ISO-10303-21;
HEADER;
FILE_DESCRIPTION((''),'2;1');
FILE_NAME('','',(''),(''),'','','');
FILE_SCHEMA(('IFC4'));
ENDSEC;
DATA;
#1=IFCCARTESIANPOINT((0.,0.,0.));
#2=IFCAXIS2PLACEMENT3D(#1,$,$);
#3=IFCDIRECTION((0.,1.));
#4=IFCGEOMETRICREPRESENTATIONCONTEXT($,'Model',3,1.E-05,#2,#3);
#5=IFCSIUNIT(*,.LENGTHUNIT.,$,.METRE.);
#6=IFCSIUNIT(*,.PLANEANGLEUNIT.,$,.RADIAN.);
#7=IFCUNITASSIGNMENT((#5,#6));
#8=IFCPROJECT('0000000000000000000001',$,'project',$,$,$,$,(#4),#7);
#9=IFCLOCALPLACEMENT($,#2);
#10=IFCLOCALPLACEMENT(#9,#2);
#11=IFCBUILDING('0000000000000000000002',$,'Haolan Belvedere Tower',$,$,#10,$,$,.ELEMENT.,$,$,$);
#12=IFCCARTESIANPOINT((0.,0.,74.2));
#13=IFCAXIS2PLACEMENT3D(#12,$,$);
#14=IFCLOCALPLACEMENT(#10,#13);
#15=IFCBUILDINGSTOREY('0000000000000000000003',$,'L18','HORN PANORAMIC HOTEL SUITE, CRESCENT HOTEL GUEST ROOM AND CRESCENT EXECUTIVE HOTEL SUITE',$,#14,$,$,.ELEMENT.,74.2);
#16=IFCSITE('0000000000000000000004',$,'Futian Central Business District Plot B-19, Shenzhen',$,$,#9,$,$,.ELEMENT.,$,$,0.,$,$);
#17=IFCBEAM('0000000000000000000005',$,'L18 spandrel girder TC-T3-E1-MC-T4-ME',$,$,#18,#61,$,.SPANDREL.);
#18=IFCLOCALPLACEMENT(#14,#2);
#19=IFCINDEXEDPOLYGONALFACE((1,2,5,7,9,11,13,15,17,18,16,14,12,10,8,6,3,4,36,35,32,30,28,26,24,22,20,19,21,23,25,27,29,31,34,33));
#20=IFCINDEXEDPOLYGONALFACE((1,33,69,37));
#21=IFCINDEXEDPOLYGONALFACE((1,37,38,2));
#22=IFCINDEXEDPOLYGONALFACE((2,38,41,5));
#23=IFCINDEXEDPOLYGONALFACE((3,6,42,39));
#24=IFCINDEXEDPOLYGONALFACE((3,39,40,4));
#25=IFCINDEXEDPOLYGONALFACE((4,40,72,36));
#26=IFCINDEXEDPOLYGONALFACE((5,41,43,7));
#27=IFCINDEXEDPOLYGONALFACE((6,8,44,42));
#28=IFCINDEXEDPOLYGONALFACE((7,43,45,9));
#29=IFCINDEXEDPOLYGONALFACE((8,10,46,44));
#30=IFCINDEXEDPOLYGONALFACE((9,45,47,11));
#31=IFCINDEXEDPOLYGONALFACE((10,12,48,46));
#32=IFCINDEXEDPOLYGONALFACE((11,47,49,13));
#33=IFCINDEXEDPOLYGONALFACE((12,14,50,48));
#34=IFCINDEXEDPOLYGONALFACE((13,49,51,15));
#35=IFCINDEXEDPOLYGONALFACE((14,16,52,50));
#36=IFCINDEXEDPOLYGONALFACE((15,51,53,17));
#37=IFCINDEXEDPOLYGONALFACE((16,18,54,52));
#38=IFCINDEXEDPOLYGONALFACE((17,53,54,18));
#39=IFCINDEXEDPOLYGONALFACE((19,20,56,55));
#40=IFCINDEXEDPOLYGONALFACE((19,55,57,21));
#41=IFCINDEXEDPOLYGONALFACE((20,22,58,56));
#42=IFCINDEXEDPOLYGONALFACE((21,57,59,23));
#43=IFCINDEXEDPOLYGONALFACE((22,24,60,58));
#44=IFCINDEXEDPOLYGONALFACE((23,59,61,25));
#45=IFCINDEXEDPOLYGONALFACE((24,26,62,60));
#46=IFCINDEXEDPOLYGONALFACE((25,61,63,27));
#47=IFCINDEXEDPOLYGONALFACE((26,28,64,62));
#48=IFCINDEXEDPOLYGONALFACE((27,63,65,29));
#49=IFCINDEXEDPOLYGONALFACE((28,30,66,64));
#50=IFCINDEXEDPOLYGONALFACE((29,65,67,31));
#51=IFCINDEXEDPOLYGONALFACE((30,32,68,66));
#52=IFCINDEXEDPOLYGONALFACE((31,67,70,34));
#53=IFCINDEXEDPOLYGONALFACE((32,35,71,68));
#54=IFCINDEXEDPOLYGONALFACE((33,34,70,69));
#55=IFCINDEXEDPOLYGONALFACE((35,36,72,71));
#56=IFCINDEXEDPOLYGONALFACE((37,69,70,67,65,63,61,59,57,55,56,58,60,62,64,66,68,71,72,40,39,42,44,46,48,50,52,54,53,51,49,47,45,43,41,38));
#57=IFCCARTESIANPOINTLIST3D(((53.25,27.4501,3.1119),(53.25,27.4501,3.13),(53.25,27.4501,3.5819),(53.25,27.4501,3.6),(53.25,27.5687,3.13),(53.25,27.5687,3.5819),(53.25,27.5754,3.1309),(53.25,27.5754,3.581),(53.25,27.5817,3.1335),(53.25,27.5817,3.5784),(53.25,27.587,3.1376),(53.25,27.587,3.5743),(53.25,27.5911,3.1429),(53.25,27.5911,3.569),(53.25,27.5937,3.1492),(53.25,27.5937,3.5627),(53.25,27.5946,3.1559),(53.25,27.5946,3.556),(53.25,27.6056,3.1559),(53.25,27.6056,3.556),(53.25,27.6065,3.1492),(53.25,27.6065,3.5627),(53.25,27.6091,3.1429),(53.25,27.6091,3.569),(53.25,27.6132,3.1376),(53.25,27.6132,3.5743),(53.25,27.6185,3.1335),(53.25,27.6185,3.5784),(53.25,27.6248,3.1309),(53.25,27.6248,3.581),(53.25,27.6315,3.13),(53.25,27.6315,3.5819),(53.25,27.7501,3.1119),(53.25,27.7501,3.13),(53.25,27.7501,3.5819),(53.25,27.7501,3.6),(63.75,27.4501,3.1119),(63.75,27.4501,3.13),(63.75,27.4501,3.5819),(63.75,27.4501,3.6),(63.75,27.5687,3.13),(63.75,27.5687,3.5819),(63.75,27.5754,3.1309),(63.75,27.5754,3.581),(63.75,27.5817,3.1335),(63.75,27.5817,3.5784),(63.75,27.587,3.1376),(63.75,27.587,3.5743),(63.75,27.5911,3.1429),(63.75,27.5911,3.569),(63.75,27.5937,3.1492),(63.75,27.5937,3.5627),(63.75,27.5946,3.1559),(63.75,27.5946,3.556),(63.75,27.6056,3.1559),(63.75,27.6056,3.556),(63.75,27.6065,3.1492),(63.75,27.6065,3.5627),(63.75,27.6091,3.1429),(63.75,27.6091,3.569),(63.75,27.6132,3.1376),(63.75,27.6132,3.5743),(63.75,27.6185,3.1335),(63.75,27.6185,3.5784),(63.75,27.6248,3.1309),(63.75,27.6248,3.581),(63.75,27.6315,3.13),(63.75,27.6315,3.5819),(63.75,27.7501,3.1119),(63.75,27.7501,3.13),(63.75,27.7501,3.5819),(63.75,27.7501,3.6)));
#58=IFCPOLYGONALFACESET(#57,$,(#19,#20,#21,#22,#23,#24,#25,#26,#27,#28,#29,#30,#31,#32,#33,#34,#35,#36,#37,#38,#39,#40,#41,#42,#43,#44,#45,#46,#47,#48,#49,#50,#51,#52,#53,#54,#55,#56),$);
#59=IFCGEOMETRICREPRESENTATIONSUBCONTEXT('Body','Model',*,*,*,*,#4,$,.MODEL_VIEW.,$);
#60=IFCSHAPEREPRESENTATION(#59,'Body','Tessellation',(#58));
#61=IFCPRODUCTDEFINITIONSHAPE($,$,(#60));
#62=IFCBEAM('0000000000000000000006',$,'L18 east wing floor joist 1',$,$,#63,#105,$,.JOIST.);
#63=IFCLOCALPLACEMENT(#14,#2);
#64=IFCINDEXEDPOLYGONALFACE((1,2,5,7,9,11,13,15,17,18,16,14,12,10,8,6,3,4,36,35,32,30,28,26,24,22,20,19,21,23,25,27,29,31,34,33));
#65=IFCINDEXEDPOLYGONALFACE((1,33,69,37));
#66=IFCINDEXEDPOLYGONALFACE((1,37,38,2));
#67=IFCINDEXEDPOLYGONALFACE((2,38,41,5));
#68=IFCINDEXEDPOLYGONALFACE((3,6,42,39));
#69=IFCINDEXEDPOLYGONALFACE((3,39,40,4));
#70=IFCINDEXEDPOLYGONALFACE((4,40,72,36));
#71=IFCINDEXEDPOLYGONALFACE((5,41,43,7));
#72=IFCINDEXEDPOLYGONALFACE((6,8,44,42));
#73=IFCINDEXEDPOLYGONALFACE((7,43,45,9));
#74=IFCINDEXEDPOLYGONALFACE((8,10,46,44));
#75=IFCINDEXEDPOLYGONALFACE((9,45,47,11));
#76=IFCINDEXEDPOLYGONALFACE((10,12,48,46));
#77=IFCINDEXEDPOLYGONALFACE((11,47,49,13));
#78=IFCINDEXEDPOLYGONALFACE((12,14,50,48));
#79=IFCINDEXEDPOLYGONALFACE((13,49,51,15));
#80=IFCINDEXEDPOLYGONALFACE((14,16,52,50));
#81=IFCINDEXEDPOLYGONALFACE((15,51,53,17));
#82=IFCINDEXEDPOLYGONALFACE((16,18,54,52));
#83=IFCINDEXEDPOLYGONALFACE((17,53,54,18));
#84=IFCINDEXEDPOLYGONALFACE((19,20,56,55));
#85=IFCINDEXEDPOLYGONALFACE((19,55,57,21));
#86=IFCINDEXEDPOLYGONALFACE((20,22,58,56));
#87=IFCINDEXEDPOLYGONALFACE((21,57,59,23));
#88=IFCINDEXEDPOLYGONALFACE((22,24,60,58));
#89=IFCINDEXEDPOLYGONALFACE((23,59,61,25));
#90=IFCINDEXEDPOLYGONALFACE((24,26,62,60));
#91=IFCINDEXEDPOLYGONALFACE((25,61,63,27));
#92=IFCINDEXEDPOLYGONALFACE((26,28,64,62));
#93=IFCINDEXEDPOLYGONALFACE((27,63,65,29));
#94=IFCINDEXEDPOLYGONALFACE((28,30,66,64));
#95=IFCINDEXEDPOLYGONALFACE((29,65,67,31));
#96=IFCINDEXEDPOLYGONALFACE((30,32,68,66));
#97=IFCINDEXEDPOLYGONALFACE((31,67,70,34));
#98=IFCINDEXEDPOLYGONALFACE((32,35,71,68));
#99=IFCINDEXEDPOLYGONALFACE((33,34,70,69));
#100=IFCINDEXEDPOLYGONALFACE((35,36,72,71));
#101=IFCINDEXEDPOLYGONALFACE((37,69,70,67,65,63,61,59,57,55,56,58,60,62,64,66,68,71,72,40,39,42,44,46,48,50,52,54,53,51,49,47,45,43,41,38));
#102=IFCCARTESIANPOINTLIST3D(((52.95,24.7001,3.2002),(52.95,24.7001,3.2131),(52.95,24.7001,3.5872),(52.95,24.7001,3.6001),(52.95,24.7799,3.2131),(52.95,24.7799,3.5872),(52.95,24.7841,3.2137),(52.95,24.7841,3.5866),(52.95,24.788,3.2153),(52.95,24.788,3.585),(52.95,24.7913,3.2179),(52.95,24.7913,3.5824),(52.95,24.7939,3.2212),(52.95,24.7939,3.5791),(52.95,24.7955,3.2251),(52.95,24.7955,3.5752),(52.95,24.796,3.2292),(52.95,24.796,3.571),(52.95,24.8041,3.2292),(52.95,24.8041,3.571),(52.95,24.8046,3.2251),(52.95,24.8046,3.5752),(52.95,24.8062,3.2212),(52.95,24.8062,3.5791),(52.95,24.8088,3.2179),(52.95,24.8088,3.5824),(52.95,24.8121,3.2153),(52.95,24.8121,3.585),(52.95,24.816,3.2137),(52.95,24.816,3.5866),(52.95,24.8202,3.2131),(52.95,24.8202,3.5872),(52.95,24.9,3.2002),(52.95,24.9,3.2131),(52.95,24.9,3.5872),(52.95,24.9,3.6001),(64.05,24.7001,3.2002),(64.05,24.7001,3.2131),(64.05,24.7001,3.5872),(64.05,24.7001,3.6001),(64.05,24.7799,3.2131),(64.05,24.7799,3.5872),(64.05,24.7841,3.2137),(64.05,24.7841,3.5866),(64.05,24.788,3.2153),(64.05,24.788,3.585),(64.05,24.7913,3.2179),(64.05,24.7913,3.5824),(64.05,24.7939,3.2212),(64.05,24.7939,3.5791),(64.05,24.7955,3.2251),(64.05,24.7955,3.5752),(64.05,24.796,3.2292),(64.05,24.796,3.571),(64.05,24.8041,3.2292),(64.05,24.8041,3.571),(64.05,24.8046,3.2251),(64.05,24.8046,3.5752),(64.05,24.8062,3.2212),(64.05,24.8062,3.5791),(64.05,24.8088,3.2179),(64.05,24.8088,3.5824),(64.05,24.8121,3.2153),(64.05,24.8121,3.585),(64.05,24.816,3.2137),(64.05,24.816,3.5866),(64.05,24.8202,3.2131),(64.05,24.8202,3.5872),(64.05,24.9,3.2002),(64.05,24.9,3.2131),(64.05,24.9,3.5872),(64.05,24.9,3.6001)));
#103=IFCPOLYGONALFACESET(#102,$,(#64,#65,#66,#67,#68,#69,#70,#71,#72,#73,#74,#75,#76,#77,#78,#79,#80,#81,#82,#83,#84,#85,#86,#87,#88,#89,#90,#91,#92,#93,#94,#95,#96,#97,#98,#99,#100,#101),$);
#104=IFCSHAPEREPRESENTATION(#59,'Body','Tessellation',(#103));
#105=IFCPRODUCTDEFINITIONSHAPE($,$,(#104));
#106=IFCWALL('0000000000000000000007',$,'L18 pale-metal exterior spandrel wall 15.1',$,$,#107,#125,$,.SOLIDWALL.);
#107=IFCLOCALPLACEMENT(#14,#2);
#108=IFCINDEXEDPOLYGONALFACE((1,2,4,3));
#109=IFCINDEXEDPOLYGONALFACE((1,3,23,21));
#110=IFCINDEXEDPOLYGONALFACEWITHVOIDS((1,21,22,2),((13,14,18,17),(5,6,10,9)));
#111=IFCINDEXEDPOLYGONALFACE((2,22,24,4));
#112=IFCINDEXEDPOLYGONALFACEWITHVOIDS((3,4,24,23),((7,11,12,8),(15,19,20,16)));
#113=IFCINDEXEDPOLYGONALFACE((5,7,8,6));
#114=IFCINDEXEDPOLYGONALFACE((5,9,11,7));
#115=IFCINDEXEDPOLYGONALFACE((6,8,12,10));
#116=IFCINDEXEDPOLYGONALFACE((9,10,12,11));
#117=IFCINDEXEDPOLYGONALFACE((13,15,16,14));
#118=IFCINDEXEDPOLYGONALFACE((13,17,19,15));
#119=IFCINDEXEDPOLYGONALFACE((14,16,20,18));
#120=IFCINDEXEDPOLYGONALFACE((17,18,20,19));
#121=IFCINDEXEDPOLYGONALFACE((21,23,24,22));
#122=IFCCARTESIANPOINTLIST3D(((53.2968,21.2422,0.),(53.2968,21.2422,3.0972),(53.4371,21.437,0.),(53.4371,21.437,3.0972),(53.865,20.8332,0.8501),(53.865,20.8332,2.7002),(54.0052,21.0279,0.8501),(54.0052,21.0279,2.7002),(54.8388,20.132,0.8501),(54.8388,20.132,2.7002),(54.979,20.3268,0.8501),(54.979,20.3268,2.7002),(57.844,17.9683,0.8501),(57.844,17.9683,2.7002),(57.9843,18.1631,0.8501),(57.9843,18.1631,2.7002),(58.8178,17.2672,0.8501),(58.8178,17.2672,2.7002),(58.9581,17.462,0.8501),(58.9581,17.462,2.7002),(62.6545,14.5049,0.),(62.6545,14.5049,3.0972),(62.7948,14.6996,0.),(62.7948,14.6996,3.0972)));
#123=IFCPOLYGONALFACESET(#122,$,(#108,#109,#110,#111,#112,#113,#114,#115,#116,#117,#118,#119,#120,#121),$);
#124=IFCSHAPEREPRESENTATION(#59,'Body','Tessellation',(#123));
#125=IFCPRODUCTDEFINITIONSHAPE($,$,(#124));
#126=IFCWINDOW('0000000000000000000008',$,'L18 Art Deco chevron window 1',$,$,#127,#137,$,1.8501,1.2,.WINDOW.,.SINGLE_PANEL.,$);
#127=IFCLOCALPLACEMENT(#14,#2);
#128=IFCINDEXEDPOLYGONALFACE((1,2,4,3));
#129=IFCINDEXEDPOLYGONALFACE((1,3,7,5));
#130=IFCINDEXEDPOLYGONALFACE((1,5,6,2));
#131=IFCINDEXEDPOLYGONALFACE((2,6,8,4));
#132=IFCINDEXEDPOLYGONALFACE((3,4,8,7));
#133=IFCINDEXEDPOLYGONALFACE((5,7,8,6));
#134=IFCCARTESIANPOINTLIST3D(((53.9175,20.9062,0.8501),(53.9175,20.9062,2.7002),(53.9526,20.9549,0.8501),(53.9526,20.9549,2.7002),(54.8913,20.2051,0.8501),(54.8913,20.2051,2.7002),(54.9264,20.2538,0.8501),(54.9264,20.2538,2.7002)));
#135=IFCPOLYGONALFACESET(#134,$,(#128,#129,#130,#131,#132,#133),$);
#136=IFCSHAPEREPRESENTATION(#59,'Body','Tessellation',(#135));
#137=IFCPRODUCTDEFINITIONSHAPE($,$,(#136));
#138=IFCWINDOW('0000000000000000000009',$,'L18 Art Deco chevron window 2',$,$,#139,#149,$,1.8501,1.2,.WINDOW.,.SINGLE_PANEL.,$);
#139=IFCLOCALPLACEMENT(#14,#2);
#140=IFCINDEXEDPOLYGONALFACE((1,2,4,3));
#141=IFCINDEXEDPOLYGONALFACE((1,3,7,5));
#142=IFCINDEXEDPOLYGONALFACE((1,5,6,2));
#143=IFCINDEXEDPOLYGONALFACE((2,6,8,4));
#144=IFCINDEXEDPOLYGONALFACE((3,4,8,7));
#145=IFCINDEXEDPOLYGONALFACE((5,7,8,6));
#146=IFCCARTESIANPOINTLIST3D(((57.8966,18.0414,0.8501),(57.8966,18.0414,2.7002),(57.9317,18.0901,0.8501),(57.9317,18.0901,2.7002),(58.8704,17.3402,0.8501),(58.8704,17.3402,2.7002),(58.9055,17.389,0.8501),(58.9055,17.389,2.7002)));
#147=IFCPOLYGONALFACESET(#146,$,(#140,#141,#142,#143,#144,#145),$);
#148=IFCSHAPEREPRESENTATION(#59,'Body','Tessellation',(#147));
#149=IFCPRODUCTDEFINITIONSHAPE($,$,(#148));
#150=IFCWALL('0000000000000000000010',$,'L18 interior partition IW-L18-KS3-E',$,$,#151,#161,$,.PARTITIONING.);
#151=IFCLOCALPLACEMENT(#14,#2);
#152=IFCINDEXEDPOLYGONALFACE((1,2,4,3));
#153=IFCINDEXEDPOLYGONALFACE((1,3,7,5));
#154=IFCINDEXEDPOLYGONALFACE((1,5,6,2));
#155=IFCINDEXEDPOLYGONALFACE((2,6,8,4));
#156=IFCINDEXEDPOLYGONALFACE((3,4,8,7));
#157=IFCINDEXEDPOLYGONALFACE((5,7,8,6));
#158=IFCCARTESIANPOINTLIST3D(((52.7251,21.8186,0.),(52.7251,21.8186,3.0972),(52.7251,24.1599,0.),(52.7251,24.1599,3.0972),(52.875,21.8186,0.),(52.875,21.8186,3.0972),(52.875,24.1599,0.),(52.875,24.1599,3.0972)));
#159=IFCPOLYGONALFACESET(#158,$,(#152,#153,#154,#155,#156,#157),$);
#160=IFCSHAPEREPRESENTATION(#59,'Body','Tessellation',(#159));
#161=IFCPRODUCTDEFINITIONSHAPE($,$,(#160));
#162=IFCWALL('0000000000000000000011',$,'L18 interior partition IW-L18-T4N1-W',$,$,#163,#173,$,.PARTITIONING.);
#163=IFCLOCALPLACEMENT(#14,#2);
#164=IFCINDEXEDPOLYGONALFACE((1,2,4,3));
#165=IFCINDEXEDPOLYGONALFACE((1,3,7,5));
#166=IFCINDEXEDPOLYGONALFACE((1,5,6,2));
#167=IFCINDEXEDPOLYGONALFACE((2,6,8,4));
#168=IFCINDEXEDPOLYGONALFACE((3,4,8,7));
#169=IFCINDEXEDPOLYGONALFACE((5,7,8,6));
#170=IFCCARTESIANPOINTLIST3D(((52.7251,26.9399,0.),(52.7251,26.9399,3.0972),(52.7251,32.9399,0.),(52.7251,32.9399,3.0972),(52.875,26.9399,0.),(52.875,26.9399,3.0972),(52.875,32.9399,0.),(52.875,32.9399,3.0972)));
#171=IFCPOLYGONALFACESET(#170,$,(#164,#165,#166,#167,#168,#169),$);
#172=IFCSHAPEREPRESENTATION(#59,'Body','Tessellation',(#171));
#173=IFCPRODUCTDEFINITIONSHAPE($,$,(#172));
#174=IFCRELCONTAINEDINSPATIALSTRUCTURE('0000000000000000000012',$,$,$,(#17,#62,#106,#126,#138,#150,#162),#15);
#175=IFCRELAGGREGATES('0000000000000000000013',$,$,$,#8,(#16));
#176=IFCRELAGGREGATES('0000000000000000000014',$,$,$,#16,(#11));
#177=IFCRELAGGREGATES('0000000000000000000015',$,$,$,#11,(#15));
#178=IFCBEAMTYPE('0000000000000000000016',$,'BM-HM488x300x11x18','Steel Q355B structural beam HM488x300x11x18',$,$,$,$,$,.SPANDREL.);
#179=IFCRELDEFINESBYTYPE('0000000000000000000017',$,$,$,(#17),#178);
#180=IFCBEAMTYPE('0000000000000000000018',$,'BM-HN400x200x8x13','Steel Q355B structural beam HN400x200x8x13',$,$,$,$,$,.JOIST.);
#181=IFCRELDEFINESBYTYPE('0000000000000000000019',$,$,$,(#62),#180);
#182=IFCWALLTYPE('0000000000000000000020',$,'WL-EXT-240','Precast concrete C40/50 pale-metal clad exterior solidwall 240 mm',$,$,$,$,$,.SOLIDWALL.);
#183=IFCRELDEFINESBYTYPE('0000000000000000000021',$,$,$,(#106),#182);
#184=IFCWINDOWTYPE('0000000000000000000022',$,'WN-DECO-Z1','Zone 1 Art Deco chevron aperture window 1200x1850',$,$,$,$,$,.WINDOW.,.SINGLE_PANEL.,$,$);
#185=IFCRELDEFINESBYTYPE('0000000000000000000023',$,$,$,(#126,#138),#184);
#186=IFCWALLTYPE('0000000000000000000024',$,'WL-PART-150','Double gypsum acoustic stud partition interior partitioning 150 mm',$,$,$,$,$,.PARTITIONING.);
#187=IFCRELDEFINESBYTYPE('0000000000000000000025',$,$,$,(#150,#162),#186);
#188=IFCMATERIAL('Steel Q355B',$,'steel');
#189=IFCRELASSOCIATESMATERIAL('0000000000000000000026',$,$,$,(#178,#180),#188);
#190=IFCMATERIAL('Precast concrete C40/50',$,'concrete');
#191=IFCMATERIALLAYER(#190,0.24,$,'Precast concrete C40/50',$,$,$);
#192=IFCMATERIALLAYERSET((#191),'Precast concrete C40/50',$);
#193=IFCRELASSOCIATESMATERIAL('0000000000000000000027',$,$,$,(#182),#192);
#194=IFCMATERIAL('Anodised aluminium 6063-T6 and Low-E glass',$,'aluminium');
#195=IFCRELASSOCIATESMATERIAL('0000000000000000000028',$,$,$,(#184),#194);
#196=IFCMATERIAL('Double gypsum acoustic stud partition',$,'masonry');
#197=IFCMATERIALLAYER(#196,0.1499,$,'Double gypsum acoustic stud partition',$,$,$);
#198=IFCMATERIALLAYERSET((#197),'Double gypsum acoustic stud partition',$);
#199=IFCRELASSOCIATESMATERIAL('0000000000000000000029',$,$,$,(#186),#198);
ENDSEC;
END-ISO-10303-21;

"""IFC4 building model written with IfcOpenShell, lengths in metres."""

from ifc_helpers import new_model, si_unit, direction, frame, frame_2d, origin, origin_2d, place, context, subcontext, project, spatial, rectangle, i_section, extrude, material, layer, layer_set, material_profile, profile_set, type_object, element, fill, save


model = new_model("IFC4")

# Units and contexts
model_context = context("Model", 3, precision=1e-05, world=origin(), true_north=direction((0.0, 1.0)))
body_context = subcontext(model_context, "Body", "Model", "MODEL_VIEW")
ifc_project = project(units=[si_unit("LENGTHUNIT", "METRE"), si_unit("PLANEANGLEUNIT", "RADIAN")], contexts=[model_context])

# Site, building, storey
site_placement = place(None, origin())
site = spatial("IfcSite", under=ifc_project, at=site_placement, Name="Futian Central Business District Plot B-19, Shenzhen", CompositionType="ELEMENT", RefElevation=0.0)
building_placement = place(site_placement, origin())
building = spatial("IfcBuilding", under=site, at=building_placement, Name="Haolan Belvedere Tower", CompositionType="ELEMENT")
storey_placement = place(building_placement, frame((0.0, 0.0, 74.2)))
storey = spatial("IfcBuildingStorey", under=building, at=storey_placement, Name="L18", Description="HORN PANORAMIC HOTEL SUITE, CRESCENT HOTEL GUEST ROOM AND CRESCENT EXECUTIVE HOTEL SUITE", CompositionType="ELEMENT", Elevation=74.2)

# Shared definitions
ifc_material_1 = material(Name="Steel Q355B", Category="steel")

# Beams
ifc_material_profile_1 = material_profile(ifc_material_1, i_section(OverallWidth=0.3, OverallDepth=0.488, WebThickness=0.011, FlangeThickness=0.0181, FilletRadius=0.0259, at=origin_2d()), Name="Steel Q355B")
ifc_profile_set_1 = profile_set([ifc_material_profile_1], Name="Steel Q355B")
beam_type_1 = type_object("IfcBeamType", Name="BM-HM488x300x11x18", Description="Steel Q355B structural beam HM488x300x11x18", PredefinedType="SPANDREL", material=ifc_profile_set_1)
beam_1_placement = place(storey_placement, frame((53.25, 27.6001, 3.356), z_axis=(1.0, 0.0, 0.0), x_axis=(0.0, 1.0, 0.0)))
element("IfcBeam", 1, at=beam_1_placement, inside=storey, type_object=beam_type_1, Name="L18 spandrel girder TC-T3-E1-MC-T4-ME", PredefinedType="SPANDREL", context=body_context, shape_type="SweptSolid", body=[
    extrude(i_section(OverallWidth=0.3, OverallDepth=0.488, WebThickness=0.011, FlangeThickness=0.0181, FilletRadius=0.0259, at=origin_2d()), origin(), (0.0, 0.0, 1.0), 10.5),
])
ifc_material_profile_2 = material_profile(ifc_material_1, i_section(OverallWidth=0.2, OverallDepth=0.3999, WebThickness=0.0081, FlangeThickness=0.0129, FilletRadius=0.0161, at=origin_2d()), Name="Steel Q355B")
ifc_profile_set_2 = profile_set([ifc_material_profile_2], Name="Steel Q355B")
beam_type_2 = type_object("IfcBeamType", Name="BM-HN400x200x8x13", Description="Steel Q355B structural beam HN400x200x8x13", PredefinedType="JOIST", material=ifc_profile_set_2)
beam_2_placement = place(storey_placement, frame((52.95, 24.8, 3.4001), z_axis=(1.0, 0.0, 0.0), x_axis=(0.0, 1.0, 0.0)))
element("IfcBeam", 2, at=beam_2_placement, inside=storey, type_object=beam_type_2, Name="L18 east wing floor joist 1", PredefinedType="JOIST", context=body_context, shape_type="SweptSolid", body=[
    extrude(i_section(OverallWidth=0.2, OverallDepth=0.3999, WebThickness=0.0081, FlangeThickness=0.0129, FilletRadius=0.0161, at=origin_2d()), origin(), (0.0, 0.0, 1.0), 11.1001),
])

# Wall, openings, windows
ifc_material_2 = material(Name="Precast concrete C40/50", Category="concrete")
ifc_layer_1 = layer(ifc_material_2, 0.24, Name="Precast concrete C40/50")
ifc_layer_set_1 = layer_set([ifc_layer_1], Name="Precast concrete C40/50")
wall_type_1 = type_object("IfcWallType", Name="WL-EXT-240", Description="Precast concrete C40/50 pale-metal clad exterior solidwall 240 mm", PredefinedType="SOLIDWALL", material=ifc_layer_set_1)
wall_1_placement = place(storey_placement, frame((53.3669, 21.3396, 0.0), z_axis=(0.0, 0.0, 1.0), x_axis=(0.811543, -0.584292, 0.0)))
wall_1 = element("IfcWall", 3, at=wall_1_placement, inside=storey, type_object=wall_type_1, Name="L18 pale-metal exterior spandrel wall 15.1", PredefinedType="SOLIDWALL", context=body_context, shape_type="SweptSolid", body=[
    extrude(rectangle(XDim=11.5308, YDim=0.24, at=frame_2d((5.7654, 0.0))), origin(), (0.0, 0.0, 1.0), 3.0972),
])
opening_1_placement = place(wall_1_placement, frame((0.7, 0.0, 0.8501)))
opening_1 = element("IfcOpeningElement", 4, at=opening_1_placement, cuts=wall_1, PredefinedType="OPENING", context=body_context, shape_type="SweptSolid", body=[
    extrude(rectangle(XDim=1.2, YDim=1.8501, at=frame_2d((0.6001, 0.925))), frame((0.0, 0.1299, 0.0), z_axis=(0.0, -1.0, 0.0), x_axis=(1.0, 0.0, 0.0)), (0.0, 0.0, 1.0), 0.26),
])
opening_2_placement = place(wall_1_placement, frame((5.603, 0.0, 0.8501)))
opening_2 = element("IfcOpeningElement", 5, at=opening_2_placement, cuts=wall_1, PredefinedType="OPENING", context=body_context, shape_type="SweptSolid", body=[
    extrude(rectangle(XDim=1.2, YDim=1.8501, at=frame_2d((0.6001, 0.925))), frame((0.0, 0.1299, 0.0), z_axis=(0.0, -1.0, 0.0), x_axis=(1.0, 0.0, 0.0)), (0.0, 0.0, 1.0), 0.26),
])
ifc_material_3 = material(Name="Anodised aluminium 6063-T6 and Low-E glass", Category="aluminium")
window_type = type_object("IfcWindowType", Name="WN-DECO-Z1", Description="Zone 1 Art Deco chevron aperture window 1200x1850", PartitioningType="SINGLE_PANEL", PredefinedType="WINDOW", material=ifc_material_3)
window_1_placement = place(opening_1_placement, origin())
window_1 = element("IfcWindow", 6, at=window_1_placement, inside=storey, type_object=window_type, Name="L18 Art Deco chevron window 1", OverallHeight=1.8501, OverallWidth=1.2, PartitioningType="SINGLE_PANEL", PredefinedType="WINDOW", context=body_context, shape_type="SweptSolid", body=[
    extrude(rectangle(XDim=1.2, YDim=1.8501, at=frame_2d((0.6001, 0.925))), frame((0.0, 0.03, 0.0), z_axis=(0.0, -1.0, 0.0), x_axis=(1.0, 0.0, 0.0)), (0.0, 0.0, 1.0), 0.0601),
])
fill(opening_1, window_1)
window_2_placement = place(opening_2_placement, origin())
window_2 = element("IfcWindow", 7, at=window_2_placement, inside=storey, type_object=window_type, Name="L18 Art Deco chevron window 2", OverallHeight=1.8501, OverallWidth=1.2, PartitioningType="SINGLE_PANEL", PredefinedType="WINDOW", context=body_context, shape_type="SweptSolid", body=[
    extrude(rectangle(XDim=1.2, YDim=1.8501, at=frame_2d((0.6001, 0.925))), frame((0.0, 0.03, 0.0), z_axis=(0.0, -1.0, 0.0), x_axis=(1.0, 0.0, 0.0)), (0.0, 0.0, 1.0), 0.0601),
])
fill(opening_2, window_2)

# Walls
ifc_material_4 = material(Name="Double gypsum acoustic stud partition", Category="masonry")
ifc_layer_2 = layer(ifc_material_4, 0.1499, Name="Double gypsum acoustic stud partition")
ifc_layer_set_2 = layer_set([ifc_layer_2], Name="Double gypsum acoustic stud partition")
wall_type_2 = type_object("IfcWallType", Name="WL-PART-150", Description="Double gypsum acoustic stud partition interior partitioning 150 mm", PredefinedType="PARTITIONING", material=ifc_layer_set_2)
wall_2_placement = place(storey_placement, frame((52.8, 21.8186, 0.0), z_axis=(0.0, 0.0, 1.0), x_axis=(0.0, 1.0, 0.0)))
element("IfcWall", 8, at=wall_2_placement, inside=storey, type_object=wall_type_2, Name="L18 interior partition IW-L18-KS3-E", PredefinedType="PARTITIONING", context=body_context, shape_type="SweptSolid", body=[
    extrude(rectangle(XDim=2.3413, YDim=0.1499, at=frame_2d((1.1707, 0.0))), origin(), (0.0, 0.0, 1.0), 3.0972),
])
wall_3_placement = place(storey_placement, frame((52.8, 26.9399, 0.0), z_axis=(0.0, 0.0, 1.0), x_axis=(0.0, 1.0, 0.0)))
element("IfcWall", 9, at=wall_3_placement, inside=storey, type_object=wall_type_2, Name="L18 interior partition IW-L18-T4N1-W", PredefinedType="PARTITIONING", context=body_context, shape_type="SweptSolid", body=[
    extrude(rectangle(XDim=6.0, YDim=0.1499, at=frame_2d((3.0, 0.0))), origin(), (0.0, 0.0, 1.0), 3.0972),
])

save(model, "model.ifc")
